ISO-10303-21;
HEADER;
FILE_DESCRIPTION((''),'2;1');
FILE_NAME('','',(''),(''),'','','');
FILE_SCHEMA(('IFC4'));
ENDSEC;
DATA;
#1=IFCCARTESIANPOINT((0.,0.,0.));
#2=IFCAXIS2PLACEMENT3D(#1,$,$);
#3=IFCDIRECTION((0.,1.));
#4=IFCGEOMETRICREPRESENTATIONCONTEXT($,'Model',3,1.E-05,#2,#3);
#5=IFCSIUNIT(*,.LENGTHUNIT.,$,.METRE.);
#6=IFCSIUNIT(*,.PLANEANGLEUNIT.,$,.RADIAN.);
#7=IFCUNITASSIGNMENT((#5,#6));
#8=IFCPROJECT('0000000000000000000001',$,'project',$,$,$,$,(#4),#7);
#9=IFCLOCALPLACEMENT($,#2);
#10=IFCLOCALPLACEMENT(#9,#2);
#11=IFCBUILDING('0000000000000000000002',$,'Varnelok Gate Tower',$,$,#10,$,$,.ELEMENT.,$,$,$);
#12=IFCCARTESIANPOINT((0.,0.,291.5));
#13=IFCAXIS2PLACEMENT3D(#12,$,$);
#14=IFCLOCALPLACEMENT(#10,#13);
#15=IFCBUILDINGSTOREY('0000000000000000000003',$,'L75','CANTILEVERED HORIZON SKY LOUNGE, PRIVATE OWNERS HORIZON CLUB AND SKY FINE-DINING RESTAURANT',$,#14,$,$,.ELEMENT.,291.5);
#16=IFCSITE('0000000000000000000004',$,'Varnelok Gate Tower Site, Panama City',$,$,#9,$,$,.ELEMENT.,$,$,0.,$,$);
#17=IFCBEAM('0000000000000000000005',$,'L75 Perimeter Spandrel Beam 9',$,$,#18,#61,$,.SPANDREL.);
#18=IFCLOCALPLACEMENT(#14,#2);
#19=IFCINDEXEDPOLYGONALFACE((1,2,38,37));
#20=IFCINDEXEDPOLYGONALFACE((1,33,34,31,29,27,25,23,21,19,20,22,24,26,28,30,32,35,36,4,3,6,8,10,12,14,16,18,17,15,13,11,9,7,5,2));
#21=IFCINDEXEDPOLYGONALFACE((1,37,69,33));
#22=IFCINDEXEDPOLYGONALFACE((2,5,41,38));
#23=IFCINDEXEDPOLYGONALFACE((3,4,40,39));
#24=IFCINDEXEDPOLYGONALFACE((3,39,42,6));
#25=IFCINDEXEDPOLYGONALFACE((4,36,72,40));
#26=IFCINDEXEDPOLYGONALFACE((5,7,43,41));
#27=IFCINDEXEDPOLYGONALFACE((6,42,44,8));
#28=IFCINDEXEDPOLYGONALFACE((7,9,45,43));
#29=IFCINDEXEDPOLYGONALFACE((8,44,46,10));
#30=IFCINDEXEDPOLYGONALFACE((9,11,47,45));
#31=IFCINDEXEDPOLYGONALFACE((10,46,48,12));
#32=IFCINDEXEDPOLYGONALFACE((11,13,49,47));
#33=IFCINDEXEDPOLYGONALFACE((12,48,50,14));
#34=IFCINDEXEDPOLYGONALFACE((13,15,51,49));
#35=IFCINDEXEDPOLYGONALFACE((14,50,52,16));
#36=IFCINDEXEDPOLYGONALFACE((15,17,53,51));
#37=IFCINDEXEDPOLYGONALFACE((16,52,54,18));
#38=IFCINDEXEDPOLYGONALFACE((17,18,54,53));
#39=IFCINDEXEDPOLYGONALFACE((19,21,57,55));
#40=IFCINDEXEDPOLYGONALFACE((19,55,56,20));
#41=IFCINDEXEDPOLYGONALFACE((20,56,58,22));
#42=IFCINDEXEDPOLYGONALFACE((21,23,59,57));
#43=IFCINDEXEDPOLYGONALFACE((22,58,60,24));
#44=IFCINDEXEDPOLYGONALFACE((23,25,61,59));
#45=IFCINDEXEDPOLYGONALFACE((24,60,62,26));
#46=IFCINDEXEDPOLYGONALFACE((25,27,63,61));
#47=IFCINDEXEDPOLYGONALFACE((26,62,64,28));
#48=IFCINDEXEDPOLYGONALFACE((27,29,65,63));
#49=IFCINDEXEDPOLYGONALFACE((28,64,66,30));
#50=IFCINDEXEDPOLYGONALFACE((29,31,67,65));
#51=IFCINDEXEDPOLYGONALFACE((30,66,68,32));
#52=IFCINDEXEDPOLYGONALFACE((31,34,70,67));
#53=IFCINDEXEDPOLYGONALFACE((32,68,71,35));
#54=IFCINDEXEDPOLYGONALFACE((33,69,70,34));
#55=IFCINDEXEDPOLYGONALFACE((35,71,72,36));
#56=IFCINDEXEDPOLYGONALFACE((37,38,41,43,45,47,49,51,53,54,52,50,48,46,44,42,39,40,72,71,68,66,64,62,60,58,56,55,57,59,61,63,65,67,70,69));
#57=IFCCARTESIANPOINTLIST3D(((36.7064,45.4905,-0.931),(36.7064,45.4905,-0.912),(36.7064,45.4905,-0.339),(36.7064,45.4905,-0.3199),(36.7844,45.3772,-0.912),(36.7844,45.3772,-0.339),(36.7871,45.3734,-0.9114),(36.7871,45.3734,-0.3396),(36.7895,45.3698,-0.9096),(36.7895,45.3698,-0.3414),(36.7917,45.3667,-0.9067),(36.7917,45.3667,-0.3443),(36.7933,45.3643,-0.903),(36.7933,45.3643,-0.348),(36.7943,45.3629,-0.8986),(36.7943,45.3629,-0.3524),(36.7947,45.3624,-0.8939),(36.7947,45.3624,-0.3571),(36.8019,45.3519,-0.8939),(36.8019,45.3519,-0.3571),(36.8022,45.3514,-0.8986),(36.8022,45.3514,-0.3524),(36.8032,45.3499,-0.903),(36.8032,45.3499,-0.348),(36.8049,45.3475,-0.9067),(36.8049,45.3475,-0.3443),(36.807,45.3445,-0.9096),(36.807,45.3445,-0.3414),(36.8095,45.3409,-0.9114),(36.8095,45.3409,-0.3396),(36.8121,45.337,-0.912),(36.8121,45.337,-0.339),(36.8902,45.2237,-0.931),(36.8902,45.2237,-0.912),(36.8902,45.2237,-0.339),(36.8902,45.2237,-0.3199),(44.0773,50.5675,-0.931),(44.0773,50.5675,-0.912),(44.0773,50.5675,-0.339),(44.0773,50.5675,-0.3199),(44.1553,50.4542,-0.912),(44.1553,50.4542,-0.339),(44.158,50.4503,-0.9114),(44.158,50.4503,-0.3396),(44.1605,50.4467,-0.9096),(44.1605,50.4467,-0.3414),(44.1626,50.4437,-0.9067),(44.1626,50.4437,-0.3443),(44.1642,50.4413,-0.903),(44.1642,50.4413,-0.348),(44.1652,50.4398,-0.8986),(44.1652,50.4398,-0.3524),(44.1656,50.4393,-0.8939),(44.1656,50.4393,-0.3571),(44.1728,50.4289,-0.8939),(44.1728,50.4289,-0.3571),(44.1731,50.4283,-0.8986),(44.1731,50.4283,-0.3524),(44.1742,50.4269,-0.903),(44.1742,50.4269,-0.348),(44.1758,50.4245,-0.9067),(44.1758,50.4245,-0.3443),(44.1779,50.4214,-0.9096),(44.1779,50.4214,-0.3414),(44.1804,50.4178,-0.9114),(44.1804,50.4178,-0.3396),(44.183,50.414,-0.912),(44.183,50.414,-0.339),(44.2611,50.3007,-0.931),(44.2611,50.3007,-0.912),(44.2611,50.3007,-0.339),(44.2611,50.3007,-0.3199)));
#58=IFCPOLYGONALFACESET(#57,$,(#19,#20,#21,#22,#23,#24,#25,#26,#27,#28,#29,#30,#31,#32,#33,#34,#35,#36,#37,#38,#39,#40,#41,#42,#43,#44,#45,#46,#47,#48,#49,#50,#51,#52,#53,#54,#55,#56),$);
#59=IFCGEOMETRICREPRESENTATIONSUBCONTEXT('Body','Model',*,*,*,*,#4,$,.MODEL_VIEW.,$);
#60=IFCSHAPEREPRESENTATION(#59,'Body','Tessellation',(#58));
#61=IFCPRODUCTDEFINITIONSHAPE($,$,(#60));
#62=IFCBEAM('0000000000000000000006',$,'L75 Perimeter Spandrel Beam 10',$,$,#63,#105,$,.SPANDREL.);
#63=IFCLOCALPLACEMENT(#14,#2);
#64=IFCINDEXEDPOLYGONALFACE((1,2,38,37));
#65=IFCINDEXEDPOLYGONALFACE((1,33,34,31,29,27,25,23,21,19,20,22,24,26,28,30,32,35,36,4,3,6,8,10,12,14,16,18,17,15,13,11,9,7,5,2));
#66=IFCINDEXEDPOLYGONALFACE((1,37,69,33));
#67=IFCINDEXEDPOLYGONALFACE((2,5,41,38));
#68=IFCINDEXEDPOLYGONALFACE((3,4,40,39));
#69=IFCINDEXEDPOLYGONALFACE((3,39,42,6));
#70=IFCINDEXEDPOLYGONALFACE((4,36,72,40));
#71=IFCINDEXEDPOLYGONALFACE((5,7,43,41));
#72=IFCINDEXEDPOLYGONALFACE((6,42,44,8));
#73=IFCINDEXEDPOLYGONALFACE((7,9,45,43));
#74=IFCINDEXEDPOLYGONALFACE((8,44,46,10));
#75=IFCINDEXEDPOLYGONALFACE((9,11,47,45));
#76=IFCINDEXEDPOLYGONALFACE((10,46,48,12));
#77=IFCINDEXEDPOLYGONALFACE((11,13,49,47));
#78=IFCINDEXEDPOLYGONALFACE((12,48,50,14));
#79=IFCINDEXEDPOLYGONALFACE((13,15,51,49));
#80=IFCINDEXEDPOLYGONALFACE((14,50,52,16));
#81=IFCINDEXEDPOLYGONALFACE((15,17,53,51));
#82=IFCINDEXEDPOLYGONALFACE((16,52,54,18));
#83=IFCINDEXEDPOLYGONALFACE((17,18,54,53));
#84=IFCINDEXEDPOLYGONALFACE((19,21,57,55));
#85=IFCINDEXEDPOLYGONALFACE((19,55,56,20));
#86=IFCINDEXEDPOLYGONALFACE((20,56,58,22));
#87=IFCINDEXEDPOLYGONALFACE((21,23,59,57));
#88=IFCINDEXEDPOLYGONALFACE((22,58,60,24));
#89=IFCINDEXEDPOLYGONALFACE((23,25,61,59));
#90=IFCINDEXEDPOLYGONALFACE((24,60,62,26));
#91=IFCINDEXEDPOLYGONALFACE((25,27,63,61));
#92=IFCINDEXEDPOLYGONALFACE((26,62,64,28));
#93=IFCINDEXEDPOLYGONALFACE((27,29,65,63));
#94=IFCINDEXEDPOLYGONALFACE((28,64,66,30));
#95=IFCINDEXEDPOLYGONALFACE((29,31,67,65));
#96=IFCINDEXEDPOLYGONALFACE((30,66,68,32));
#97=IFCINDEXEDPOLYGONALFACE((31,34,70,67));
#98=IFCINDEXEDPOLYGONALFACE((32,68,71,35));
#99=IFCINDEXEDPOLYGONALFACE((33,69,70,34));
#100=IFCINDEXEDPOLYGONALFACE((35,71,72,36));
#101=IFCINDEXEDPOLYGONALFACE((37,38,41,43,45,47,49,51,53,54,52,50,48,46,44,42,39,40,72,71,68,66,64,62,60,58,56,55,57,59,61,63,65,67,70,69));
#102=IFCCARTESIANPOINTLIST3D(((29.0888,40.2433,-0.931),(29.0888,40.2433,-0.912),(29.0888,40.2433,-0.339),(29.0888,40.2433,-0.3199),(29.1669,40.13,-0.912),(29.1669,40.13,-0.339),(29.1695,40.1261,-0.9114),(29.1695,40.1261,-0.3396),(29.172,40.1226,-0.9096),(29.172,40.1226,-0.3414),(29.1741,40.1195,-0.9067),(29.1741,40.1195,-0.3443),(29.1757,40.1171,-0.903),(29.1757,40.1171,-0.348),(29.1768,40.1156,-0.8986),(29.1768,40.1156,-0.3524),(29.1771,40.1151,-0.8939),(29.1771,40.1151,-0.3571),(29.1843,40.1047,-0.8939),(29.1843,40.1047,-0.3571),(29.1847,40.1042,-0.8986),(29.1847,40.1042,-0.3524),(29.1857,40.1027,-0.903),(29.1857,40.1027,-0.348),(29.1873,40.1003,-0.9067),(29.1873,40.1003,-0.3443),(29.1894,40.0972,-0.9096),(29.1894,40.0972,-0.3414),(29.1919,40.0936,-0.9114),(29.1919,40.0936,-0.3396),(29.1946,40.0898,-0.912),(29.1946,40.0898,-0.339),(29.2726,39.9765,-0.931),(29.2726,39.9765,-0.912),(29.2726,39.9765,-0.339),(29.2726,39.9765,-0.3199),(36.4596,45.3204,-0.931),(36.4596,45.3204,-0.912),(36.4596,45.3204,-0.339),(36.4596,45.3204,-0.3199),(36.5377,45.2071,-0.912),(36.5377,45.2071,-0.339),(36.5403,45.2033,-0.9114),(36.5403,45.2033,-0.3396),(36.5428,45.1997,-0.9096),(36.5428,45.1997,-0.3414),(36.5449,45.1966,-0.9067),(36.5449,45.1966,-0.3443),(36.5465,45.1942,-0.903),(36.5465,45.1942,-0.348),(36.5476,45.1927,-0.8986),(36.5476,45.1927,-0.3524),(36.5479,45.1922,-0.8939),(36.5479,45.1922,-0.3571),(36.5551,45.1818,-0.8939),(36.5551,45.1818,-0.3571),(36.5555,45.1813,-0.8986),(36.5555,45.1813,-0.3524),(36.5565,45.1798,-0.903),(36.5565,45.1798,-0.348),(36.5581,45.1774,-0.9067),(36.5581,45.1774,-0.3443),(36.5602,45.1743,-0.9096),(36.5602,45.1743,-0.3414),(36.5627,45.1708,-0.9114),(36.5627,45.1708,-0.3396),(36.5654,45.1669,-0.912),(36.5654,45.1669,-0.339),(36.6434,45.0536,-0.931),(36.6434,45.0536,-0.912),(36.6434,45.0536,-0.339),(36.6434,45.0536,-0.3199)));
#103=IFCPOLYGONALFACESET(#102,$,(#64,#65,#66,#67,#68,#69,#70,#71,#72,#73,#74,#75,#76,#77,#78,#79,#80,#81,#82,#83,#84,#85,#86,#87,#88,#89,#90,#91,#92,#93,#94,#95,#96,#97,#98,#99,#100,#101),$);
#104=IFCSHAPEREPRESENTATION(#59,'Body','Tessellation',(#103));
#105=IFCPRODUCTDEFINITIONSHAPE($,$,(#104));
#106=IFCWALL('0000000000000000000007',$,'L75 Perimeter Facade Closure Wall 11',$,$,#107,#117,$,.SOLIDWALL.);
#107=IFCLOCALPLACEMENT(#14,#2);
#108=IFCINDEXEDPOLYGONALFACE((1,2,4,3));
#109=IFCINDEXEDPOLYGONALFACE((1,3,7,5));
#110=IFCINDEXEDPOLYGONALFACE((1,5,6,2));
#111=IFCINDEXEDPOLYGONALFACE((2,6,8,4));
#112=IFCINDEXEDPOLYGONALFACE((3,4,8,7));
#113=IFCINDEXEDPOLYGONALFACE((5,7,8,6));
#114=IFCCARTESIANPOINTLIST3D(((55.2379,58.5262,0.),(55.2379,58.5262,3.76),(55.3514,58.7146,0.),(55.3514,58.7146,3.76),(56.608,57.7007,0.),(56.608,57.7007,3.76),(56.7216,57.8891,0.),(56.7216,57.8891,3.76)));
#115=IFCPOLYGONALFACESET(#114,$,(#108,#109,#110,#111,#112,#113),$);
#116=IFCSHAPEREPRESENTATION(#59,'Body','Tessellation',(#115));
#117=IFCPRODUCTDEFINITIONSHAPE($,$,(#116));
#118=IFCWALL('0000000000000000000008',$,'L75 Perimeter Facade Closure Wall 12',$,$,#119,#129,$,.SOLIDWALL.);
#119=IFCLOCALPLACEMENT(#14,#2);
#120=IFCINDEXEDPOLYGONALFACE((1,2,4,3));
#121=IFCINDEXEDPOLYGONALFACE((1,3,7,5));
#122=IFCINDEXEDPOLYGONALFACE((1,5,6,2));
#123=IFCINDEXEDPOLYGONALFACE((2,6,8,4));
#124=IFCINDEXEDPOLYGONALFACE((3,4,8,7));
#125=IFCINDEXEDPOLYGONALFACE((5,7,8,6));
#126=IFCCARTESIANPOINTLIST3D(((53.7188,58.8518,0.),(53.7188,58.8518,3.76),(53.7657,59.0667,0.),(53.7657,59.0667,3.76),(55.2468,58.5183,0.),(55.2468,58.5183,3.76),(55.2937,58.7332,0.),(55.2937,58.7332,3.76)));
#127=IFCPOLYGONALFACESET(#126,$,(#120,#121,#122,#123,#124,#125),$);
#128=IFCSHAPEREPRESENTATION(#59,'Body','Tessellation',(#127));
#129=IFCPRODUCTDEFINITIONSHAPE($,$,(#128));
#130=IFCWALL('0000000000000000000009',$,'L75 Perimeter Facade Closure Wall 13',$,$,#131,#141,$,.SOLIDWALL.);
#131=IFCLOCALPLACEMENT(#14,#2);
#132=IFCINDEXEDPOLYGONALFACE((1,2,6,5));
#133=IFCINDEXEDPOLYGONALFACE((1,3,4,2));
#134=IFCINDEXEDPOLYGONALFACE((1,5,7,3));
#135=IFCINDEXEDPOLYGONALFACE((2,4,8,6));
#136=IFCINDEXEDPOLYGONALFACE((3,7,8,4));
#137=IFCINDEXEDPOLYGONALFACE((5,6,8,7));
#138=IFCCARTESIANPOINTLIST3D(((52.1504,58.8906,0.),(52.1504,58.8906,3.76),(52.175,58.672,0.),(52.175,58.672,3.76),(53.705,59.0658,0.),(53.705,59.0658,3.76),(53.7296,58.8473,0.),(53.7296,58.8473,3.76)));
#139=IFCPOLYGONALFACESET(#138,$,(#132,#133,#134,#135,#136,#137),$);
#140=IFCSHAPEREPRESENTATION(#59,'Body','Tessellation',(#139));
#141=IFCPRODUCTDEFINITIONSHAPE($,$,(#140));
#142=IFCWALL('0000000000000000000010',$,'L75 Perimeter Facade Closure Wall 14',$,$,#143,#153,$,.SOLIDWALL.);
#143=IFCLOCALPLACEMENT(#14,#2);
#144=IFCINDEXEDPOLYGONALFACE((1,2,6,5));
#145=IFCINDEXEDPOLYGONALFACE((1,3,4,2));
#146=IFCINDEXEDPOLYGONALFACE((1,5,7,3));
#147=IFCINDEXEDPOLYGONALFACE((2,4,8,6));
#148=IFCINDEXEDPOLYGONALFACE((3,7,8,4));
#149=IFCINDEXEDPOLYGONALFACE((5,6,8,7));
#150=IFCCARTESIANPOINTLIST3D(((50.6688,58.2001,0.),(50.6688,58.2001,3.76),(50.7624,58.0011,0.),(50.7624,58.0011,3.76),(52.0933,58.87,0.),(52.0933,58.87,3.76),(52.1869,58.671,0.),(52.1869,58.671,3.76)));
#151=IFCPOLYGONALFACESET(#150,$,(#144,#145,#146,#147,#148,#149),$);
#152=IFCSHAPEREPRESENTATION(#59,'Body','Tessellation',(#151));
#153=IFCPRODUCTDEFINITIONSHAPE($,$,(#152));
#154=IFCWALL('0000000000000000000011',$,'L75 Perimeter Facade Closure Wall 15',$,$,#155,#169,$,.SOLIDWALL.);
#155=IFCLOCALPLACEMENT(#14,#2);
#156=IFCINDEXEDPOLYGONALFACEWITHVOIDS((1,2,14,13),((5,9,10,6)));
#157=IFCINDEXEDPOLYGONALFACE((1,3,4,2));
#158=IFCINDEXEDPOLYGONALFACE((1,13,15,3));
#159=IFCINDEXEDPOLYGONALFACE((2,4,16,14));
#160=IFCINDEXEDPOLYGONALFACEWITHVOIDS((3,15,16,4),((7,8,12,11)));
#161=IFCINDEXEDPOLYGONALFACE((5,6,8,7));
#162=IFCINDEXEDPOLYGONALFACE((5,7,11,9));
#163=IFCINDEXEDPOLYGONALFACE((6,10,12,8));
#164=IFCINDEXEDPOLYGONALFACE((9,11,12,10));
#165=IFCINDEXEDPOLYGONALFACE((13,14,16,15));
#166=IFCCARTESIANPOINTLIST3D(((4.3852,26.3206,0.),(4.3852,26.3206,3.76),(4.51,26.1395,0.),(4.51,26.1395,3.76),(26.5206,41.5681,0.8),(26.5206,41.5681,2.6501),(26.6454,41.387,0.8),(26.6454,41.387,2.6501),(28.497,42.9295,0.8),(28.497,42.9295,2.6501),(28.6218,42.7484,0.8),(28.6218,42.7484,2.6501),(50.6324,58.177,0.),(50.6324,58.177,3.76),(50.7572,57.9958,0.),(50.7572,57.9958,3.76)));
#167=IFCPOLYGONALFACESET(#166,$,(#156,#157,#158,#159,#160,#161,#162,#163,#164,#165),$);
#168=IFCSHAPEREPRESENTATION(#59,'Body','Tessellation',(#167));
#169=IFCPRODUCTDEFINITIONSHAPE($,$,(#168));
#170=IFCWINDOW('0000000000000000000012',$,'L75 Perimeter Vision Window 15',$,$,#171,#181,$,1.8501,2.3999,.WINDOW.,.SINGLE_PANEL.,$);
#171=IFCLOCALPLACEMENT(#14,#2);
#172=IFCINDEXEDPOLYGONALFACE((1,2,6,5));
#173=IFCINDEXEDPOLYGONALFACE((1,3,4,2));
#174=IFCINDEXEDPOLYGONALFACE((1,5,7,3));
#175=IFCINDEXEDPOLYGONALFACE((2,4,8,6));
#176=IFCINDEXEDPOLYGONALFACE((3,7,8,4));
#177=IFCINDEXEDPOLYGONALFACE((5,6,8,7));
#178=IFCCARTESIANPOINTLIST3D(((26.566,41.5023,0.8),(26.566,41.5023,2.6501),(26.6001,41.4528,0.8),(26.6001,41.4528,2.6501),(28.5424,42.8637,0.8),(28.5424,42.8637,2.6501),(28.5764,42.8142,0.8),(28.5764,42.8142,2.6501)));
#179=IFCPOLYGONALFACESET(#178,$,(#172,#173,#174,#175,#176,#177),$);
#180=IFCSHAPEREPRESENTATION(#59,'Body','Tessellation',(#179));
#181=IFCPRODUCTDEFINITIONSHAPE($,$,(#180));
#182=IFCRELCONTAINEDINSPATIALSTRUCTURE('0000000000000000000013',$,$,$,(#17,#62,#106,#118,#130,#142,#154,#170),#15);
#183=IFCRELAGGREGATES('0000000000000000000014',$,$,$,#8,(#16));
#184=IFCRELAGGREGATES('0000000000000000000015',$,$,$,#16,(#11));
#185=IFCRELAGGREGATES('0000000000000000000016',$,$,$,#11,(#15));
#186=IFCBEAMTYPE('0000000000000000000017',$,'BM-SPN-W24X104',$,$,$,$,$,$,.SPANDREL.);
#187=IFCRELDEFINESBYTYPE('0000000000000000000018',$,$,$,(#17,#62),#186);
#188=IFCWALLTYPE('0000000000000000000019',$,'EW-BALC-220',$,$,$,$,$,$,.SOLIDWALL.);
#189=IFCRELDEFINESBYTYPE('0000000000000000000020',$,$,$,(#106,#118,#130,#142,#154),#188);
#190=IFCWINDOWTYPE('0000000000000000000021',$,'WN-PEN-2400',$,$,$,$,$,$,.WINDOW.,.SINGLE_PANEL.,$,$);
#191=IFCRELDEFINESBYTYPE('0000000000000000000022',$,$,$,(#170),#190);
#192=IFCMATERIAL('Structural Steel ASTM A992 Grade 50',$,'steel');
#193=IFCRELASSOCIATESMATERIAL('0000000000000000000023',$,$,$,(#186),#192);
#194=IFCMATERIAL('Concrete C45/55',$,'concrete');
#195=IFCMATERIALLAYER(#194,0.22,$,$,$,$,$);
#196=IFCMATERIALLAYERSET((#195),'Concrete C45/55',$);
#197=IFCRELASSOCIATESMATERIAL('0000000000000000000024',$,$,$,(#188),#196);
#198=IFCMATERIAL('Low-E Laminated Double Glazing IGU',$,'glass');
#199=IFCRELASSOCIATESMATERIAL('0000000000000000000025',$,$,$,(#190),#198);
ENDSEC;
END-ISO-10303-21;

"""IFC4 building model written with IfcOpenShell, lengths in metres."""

from ifc_helpers import new_model, si_unit, direction, frame, frame_2d, origin, origin_2d, place, context, subcontext, project, spatial, rectangle, i_section, extrude, material, layer, layer_set, material_profile, profile_set, type_object, element, fill, save


model = new_model("IFC4")

# Units and contexts
model_context = context("Model", 3, precision=1e-05, world=origin(), true_north=direction((0.0, 1.0)))
body_context = subcontext(model_context, "Body", "Model", "MODEL_VIEW")
ifc_project = project(units=[si_unit("LENGTHUNIT", "METRE"), si_unit("PLANEANGLEUNIT", "RADIAN")], contexts=[model_context])

# Site, building, storey
site_placement = place(None, origin())
site = spatial("IfcSite", under=ifc_project, at=site_placement, Name="Varnelok Gate Tower Site, Panama City", CompositionType="ELEMENT", RefElevation=0.0)
building_placement = place(site_placement, origin())
building = spatial("IfcBuilding", under=site, at=building_placement, Name="Varnelok Gate Tower", CompositionType="ELEMENT")
storey_placement = place(building_placement, frame((0.0, 0.0, 291.5)))
storey = spatial("IfcBuildingStorey", under=building, at=storey_placement, Name="L75", Description="CANTILEVERED HORIZON SKY LOUNGE, PRIVATE OWNERS HORIZON CLUB AND SKY FINE-DINING RESTAURANT", CompositionType="ELEMENT", Elevation=291.5)

# Shared definitions
ifc_material_1 = material(Name="Structural Steel ASTM A992 Grade 50", Category="steel")

# Beams
ifc_material_profile_1 = material_profile(ifc_material_1, i_section(OverallWidth=0.324, OverallDepth=0.6111, WebThickness=0.0127, FlangeThickness=0.019, FilletRadius=0.0181, at=origin_2d()), Name="W24X104")
ifc_profile_set_1 = profile_set([ifc_material_profile_1], Name="Structural Steel ASTM A992 Grade 50")
beam_type_1 = type_object("IfcBeamType", Name="BM-SPN-W24X104", PredefinedType="SPANDREL", material=ifc_profile_set_1)
for number, where, z_axis, x_axis, name in (
    (1, (44.1692, 50.4341, -0.6255), (-0.823549, -0.567245, 0.0), (0.567245, -0.823549, 0.0), "L75 Perimeter Spandrel Beam 9"),
    (2, (36.5515, 45.187, -0.6255), (-0.823536, -0.567264, 0.0), (0.567264, -0.823536, 0.0), "L75 Perimeter Spandrel Beam 10"),
):
    element("IfcBeam", number, at=place(storey_placement, frame(where, z_axis=z_axis, x_axis=x_axis)), inside=storey, type_object=beam_type_1, Name=name, PredefinedType="SPANDREL", context=body_context, shape_type="SweptSolid", body=[
        extrude(i_section(OverallWidth=0.324, OverallDepth=0.6111, WebThickness=0.0127, FlangeThickness=0.019, FilletRadius=0.0181, at=origin_2d()), origin(), (0.0, 0.0, 1.0), 8.9502),
    ])

# Walls
ifc_material_2 = material(Name="Concrete C45/55", Category="concrete")
ifc_layer_1 = layer(ifc_material_2, 0.22)
ifc_layer_set_1 = layer_set([ifc_layer_1], Name="Concrete C45/55")
wall_type_1 = type_object("IfcWallType", Name="EW-BALC-220", PredefinedType="SOLIDWALL", material=ifc_layer_set_1)
wall_1_placement = place(storey_placement, frame((56.6648, 57.7949, 0.0), z_axis=(0.0, 0.0, 1.0), x_axis=(-0.856562, 0.516044, 0.0)))
element("IfcWall", 3, at=wall_1_placement, inside=storey, type_object=wall_type_1, Name="L75 Perimeter Facade Closure Wall 11", PredefinedType="SOLIDWALL", context=body_context, shape_type="SweptSolid", body=[
    extrude(rectangle(XDim=1.5996, YDim=0.22, at=frame_2d((0.7998, 0.0))), origin(), (0.0, 0.0, 1.0), 3.76),
])
wall_2_placement = place(storey_placement, frame((55.2703, 58.6257, 0.0), z_axis=(0.0, 0.0, 1.0), x_axis=(-0.977003, 0.213227, 0.0)))
element("IfcWall", 4, at=wall_2_placement, inside=storey, type_object=wall_type_1, Name="L75 Perimeter Facade Closure Wall 12", PredefinedType="SOLIDWALL", context=body_context, shape_type="SweptSolid", body=[
    extrude(rectangle(XDim=1.564, YDim=0.22, at=frame_2d((0.782, 0.0))), origin(), (0.0, 0.0, 1.0), 3.76),
])
wall_3_placement = place(storey_placement, frame((53.7173, 58.9565, 0.0), z_axis=(0.0, 0.0, 1.0), x_axis=(-0.993704, -0.112041, 0.0)))
element("IfcWall", 5, at=wall_3_placement, inside=storey, type_object=wall_type_1, Name="L75 Perimeter Facade Closure Wall 13", PredefinedType="SOLIDWALL", context=body_context, shape_type="SweptSolid", body=[
    extrude(rectangle(XDim=1.5645, YDim=0.22, at=frame_2d((0.7822, 0.0))), origin(), (0.0, 0.0, 1.0), 3.76),
])
wall_4_placement = place(storey_placement, frame((52.1401, 58.7705, 0.0), z_axis=(0.0, 0.0, 1.0), x_axis=(-0.904931, -0.425558, 0.0)))
element("IfcWall", 6, at=wall_4_placement, inside=storey, type_object=wall_type_1, Name="L75 Perimeter Facade Closure Wall 14", PredefinedType="SOLIDWALL", context=body_context, shape_type="SweptSolid", body=[
    extrude(rectangle(XDim=1.5742, YDim=0.22, at=frame_2d((0.7871, 0.0))), origin(), (0.0, 0.0, 1.0), 3.76),
])

# Wall, opening, window
wall_5_placement = place(storey_placement, frame((50.6948, 58.0864, 0.0), z_axis=(0.0, 0.0, 1.0), x_axis=(-0.823531, -0.567271, 0.0)))
wall_5 = element("IfcWall", 7, at=wall_5_placement, inside=storey, type_object=wall_type_1, Name="L75 Perimeter Facade Closure Wall 15", PredefinedType="SOLIDWALL", context=body_context, shape_type="SweptSolid", body=[
    extrude(rectangle(XDim=56.1572, YDim=0.22, at=frame_2d((28.0786, 0.0))), origin(), (0.0, 0.0, 1.0), 3.76),
])
opening_1_placement = place(wall_5_placement, frame((26.8787, 0.0, 0.8)))
opening_1 = element("IfcOpeningElement", 8, at=opening_1_placement, cuts=wall_5, PredefinedType="OPENING", context=body_context, shape_type="SweptSolid", body=[
    extrude(rectangle(XDim=2.3999, YDim=1.8501, at=frame_2d((1.2, 0.925))), frame((0.0, 0.1199, 0.0), z_axis=(0.0, -1.0, 0.0), x_axis=(1.0, 0.0, 0.0)), (0.0, 0.0, 1.0), 0.24),
])
ifc_material_3 = material(Name="Low-E Laminated Double Glazing IGU", Category="glass")
window_type = type_object("IfcWindowType", Name="WN-PEN-2400", PartitioningType="SINGLE_PANEL", PredefinedType="WINDOW", material=ifc_material_3)
window_placement = place(opening_1_placement, origin())
window = element("IfcWindow", 9, at=window_placement, inside=storey, type_object=window_type, Name="L75 Perimeter Vision Window 15", OverallHeight=1.8501, OverallWidth=2.3999, PartitioningType="SINGLE_PANEL", PredefinedType="WINDOW", context=body_context, shape_type="SweptSolid", body=[
    extrude(rectangle(XDim=2.3999, YDim=1.8501, at=frame_2d((1.2, 0.925))), frame((0.0, 0.03, 0.0), z_axis=(0.0, -1.0, 0.0), x_axis=(1.0, 0.0, 0.0)), (0.0, 0.0, 1.0), 0.0601),
])
fill(opening_1, window)

save(model, "model.ifc")
